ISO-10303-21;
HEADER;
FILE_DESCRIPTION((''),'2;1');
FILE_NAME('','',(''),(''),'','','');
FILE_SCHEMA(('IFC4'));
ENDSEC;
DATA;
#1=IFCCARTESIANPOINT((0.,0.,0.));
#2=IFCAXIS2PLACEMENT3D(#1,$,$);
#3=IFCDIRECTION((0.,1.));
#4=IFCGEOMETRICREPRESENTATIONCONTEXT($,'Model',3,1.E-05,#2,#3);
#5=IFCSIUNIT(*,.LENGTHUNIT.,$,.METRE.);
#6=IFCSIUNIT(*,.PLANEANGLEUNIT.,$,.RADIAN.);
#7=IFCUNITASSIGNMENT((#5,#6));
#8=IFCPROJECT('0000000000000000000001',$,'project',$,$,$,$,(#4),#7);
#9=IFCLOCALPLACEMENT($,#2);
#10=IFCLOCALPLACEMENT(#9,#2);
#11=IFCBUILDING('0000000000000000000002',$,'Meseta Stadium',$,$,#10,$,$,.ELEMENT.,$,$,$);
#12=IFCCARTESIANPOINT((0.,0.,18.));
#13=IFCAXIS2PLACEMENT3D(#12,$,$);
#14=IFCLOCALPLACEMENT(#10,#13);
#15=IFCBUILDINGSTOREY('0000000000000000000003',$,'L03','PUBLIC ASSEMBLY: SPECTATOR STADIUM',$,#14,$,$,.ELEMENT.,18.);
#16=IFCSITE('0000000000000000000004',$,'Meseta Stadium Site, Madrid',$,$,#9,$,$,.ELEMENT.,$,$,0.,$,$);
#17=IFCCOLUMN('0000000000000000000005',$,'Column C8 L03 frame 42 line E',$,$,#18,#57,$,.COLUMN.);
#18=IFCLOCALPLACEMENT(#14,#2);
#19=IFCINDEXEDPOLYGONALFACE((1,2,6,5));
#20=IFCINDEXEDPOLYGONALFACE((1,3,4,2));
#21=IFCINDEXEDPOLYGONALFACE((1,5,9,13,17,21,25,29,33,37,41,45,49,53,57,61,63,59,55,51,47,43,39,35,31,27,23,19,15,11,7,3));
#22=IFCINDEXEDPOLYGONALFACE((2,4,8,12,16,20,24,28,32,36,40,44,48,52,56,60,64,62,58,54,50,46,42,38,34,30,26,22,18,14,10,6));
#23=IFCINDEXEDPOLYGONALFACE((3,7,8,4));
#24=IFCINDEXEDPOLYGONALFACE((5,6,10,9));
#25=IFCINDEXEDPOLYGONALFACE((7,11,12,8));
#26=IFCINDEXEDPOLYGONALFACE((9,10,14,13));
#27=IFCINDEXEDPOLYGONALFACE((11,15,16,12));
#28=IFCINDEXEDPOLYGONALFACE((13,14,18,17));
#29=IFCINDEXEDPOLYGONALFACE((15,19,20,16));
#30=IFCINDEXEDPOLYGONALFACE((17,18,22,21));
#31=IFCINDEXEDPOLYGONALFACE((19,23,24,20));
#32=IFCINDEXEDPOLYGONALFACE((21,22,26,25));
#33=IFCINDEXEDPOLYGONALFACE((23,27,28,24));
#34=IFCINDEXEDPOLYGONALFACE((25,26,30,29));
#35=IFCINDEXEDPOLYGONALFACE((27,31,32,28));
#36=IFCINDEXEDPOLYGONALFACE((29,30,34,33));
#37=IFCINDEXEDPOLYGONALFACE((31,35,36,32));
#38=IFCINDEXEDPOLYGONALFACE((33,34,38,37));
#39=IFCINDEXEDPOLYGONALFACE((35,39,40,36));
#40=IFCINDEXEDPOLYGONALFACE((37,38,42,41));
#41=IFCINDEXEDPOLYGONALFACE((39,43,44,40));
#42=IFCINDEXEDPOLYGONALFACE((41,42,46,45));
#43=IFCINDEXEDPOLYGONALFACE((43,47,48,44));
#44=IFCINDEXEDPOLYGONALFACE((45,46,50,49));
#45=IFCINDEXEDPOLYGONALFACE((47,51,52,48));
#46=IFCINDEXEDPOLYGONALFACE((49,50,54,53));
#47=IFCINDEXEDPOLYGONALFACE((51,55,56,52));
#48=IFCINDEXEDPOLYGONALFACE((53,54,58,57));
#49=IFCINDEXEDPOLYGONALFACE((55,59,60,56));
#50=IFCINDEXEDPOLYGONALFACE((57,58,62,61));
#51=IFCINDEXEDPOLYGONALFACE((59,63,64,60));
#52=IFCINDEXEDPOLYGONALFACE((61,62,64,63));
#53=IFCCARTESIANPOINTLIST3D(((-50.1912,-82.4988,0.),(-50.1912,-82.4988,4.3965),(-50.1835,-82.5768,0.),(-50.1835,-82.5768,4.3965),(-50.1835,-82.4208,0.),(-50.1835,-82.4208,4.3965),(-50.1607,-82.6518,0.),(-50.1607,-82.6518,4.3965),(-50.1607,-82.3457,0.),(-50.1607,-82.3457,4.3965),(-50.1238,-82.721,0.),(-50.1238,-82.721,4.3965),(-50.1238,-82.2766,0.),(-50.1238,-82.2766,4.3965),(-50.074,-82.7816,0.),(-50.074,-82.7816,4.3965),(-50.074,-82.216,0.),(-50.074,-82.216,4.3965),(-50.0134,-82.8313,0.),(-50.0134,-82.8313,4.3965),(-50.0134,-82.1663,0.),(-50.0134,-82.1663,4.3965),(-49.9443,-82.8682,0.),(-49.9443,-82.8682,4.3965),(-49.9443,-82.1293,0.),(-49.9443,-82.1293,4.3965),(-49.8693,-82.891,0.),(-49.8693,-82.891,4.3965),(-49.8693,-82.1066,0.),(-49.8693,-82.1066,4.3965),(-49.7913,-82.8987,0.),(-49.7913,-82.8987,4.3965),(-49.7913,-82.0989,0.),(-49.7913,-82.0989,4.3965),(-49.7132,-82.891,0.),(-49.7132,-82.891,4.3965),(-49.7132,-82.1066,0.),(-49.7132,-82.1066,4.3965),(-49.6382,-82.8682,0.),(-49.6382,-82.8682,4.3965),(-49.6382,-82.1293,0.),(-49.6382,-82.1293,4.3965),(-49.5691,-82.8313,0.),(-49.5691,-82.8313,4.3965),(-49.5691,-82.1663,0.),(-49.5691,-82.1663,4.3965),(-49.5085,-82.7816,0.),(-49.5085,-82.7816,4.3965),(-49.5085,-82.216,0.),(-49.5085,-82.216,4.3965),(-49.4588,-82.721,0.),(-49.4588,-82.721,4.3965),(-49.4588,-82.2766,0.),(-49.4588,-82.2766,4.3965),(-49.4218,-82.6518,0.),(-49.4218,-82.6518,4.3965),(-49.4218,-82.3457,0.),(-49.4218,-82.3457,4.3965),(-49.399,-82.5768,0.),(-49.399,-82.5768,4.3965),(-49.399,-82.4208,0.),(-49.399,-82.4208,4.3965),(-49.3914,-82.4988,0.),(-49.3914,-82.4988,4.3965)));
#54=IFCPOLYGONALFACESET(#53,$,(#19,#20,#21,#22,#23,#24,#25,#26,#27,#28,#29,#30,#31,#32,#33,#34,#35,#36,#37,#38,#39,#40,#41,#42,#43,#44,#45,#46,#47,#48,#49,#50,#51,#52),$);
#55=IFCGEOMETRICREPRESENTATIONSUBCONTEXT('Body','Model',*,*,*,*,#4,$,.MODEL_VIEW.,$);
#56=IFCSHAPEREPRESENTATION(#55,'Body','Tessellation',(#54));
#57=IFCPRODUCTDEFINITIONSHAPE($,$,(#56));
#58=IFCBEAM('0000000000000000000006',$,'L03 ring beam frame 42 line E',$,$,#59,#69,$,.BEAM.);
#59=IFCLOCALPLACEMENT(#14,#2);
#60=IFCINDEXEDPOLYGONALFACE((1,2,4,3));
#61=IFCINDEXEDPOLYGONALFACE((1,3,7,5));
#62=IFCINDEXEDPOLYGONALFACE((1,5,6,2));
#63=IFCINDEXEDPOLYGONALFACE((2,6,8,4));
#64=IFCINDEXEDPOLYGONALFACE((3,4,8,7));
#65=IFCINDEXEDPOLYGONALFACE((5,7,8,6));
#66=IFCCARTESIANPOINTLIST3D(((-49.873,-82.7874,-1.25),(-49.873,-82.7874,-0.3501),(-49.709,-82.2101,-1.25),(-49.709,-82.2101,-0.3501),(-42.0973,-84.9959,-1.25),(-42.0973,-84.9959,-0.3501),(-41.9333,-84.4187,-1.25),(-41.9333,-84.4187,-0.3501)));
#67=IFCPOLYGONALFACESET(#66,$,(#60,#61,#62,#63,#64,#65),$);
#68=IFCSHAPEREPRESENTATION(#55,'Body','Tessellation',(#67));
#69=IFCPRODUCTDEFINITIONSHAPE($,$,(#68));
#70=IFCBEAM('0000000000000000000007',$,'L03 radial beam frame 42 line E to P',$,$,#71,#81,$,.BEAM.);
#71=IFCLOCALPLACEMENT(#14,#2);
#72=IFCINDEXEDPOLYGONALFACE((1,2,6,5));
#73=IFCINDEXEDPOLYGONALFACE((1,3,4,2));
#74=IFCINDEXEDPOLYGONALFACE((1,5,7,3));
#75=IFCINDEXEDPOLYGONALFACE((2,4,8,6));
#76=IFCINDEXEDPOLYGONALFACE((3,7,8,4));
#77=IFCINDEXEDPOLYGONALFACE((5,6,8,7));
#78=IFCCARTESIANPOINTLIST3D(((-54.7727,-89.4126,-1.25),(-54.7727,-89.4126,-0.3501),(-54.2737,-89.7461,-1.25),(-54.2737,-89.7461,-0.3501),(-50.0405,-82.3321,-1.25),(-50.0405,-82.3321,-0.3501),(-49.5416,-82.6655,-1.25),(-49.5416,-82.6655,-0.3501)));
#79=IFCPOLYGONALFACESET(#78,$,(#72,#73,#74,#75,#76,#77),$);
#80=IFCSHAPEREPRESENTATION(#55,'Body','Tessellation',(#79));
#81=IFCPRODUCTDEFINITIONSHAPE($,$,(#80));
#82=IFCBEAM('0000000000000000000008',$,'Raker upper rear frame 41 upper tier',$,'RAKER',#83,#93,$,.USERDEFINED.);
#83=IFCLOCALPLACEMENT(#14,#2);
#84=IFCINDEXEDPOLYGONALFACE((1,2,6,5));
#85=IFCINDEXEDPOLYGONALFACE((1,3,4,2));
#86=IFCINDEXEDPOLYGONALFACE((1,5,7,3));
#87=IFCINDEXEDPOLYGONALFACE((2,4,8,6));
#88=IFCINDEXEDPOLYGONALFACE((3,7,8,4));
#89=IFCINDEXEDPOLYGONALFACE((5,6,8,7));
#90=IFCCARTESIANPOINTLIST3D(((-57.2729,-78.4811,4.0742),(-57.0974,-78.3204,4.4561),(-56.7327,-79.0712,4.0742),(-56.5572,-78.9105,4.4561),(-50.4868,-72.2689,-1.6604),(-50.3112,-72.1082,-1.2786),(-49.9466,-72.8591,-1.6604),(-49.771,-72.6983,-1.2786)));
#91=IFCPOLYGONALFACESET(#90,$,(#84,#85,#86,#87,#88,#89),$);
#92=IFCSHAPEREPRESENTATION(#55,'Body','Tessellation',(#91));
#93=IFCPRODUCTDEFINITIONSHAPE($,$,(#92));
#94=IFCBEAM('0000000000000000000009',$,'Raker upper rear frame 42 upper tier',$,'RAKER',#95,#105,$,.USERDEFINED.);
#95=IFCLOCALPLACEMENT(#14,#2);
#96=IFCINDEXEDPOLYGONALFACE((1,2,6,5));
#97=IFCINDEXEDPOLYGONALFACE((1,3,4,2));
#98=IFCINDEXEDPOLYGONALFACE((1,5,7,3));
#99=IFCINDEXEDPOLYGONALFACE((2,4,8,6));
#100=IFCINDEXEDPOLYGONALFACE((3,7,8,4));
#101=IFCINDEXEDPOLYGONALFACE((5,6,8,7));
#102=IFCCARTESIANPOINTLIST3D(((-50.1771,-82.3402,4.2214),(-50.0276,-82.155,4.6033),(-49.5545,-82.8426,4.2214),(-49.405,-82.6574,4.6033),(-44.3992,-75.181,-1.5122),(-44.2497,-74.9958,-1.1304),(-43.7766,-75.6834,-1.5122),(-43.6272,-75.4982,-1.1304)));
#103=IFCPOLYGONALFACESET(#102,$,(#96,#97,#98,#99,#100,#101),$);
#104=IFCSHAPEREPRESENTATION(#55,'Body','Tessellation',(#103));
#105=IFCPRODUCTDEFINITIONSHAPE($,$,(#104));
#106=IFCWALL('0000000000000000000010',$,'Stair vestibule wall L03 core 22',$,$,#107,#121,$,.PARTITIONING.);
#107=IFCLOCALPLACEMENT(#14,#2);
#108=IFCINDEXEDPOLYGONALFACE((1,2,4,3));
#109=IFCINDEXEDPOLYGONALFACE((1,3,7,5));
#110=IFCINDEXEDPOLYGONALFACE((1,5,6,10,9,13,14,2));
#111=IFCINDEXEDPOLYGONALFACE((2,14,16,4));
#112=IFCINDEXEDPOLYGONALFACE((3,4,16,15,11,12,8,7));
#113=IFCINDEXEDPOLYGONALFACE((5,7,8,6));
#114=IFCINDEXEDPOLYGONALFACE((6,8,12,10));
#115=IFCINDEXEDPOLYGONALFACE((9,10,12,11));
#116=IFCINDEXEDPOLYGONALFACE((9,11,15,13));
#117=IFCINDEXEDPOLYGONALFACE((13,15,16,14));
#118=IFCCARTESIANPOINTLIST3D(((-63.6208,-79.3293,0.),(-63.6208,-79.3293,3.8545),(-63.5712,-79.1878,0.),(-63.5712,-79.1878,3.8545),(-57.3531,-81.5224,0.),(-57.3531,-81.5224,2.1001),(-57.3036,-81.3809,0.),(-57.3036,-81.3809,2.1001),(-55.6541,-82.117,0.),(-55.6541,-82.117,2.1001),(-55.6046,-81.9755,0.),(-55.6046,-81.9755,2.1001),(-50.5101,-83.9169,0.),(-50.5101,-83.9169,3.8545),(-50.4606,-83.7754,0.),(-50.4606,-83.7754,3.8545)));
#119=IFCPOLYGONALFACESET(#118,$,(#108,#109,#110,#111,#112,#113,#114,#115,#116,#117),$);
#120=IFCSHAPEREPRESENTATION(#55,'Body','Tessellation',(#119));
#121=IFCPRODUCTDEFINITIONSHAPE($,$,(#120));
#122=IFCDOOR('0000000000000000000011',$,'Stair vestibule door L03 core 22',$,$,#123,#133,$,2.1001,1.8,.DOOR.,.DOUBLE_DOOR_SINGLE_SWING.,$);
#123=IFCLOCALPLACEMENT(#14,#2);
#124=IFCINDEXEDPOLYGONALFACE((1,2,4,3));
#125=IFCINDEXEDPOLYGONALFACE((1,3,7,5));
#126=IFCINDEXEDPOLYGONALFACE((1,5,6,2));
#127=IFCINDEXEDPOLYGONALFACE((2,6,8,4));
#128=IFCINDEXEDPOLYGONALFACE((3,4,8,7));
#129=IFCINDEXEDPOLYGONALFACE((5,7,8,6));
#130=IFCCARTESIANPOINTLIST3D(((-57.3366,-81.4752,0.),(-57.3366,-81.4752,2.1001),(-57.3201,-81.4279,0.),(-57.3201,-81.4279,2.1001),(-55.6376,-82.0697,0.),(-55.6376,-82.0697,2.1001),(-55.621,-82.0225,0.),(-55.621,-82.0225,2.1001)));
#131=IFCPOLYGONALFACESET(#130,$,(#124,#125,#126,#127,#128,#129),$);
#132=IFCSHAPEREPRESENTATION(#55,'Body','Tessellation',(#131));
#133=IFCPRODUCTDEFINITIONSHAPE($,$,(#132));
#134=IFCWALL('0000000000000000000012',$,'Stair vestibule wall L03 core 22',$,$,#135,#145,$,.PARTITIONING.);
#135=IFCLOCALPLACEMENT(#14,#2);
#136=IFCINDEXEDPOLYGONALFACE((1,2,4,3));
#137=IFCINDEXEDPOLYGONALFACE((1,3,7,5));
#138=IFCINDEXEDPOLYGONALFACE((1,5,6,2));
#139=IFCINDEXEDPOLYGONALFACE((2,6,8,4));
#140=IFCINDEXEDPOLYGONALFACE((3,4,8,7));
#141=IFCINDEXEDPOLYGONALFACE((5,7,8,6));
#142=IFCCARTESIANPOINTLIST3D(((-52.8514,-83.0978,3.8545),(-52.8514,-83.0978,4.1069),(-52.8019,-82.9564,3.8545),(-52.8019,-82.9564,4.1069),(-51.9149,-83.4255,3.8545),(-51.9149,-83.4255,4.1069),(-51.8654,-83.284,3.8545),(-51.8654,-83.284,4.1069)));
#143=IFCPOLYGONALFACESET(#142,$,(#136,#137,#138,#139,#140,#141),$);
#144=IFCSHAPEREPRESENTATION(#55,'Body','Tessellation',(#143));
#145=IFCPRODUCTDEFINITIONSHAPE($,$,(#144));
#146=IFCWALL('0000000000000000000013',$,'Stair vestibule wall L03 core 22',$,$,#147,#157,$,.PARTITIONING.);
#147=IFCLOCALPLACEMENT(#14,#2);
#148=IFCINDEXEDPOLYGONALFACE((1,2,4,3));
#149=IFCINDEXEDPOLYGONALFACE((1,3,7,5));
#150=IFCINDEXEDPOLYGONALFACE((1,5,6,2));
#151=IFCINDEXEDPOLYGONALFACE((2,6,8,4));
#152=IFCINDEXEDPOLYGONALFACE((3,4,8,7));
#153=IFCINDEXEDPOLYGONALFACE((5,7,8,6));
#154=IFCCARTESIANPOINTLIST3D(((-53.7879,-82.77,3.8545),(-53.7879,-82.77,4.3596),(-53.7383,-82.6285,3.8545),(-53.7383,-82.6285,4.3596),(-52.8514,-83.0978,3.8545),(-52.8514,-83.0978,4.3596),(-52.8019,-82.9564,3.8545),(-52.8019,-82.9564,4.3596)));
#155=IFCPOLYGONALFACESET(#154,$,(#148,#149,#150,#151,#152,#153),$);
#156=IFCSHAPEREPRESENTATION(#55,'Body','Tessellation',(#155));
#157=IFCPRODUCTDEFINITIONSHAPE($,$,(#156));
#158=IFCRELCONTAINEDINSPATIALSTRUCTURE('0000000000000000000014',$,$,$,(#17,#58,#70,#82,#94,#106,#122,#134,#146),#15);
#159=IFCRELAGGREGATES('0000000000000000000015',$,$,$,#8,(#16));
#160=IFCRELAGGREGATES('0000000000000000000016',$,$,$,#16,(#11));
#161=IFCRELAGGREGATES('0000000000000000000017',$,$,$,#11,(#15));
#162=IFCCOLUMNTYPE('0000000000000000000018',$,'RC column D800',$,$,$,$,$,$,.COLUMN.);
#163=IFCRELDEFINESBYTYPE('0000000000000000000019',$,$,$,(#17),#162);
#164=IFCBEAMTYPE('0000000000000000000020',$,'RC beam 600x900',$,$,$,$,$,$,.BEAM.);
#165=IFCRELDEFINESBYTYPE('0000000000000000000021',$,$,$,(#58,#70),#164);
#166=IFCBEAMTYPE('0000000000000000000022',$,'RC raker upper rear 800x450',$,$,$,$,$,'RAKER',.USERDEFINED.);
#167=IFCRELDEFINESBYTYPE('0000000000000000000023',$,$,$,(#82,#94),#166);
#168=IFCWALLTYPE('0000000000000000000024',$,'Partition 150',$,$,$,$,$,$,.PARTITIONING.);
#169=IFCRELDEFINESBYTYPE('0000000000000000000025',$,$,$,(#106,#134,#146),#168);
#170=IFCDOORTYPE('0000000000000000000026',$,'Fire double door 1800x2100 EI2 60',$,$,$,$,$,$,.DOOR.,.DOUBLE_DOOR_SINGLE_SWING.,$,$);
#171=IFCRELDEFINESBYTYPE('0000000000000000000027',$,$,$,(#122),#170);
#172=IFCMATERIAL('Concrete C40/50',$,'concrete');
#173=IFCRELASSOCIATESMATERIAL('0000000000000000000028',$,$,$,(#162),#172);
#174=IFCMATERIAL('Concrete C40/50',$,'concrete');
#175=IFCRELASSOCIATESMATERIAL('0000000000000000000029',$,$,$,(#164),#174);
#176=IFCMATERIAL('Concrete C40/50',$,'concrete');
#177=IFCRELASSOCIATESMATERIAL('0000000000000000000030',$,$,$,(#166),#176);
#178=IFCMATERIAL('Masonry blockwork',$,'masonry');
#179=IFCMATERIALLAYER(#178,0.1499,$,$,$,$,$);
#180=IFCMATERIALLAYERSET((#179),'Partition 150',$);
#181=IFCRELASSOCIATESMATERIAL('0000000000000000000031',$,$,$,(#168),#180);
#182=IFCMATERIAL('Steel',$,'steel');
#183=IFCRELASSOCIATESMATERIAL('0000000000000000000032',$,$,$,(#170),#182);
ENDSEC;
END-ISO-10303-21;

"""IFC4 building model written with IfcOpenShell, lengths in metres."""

from ifc_helpers import new_model, si_unit, direction, frame, frame_2d, origin, origin_2d, place, context, subcontext, project, spatial, rectangle, circle, extrude, material, layer, layer_set, material_profile, profile_set, type_object, element, fill, save


model = new_model("IFC4")

# Units and contexts
model_context = context("Model", 3, precision=1e-05, world=origin(), true_north=direction((0.0, 1.0)))
body_context = subcontext(model_context, "Body", "Model", "MODEL_VIEW")
ifc_project = project(units=[si_unit("LENGTHUNIT", "METRE"), si_unit("PLANEANGLEUNIT", "RADIAN")], contexts=[model_context])

# Site, building, storey
site_placement = place(None, origin())
site = spatial("IfcSite", under=ifc_project, at=site_placement, Name="Meseta Stadium Site, Madrid", CompositionType="ELEMENT", RefElevation=0.0)
building_placement = place(site_placement, origin())
building = spatial("IfcBuilding", under=site, at=building_placement, Name="Meseta Stadium", CompositionType="ELEMENT")
storey_placement = place(building_placement, frame((0.0, 0.0, 18.0)))
storey = spatial("IfcBuildingStorey", under=building, at=storey_placement, Name="L03", Description="PUBLIC ASSEMBLY: SPECTATOR STADIUM", CompositionType="ELEMENT", Elevation=18.0)

# Column
ifc_material_1 = material(Name="Concrete C40/50", Category="concrete")
ifc_material_profile_1 = material_profile(ifc_material_1, circle(Radius=0.3999, at=origin_2d()), Name="RC D800")
ifc_profile_set_1 = profile_set([ifc_material_profile_1], Name="Concrete C40/50")
column_type = type_object("IfcColumnType", Name="RC column D800", PredefinedType="COLUMN", material=ifc_profile_set_1)
column_placement = place(storey_placement, frame((-49.7913, -82.4988, 0.0), z_axis=(0.0, 0.0, 1.0), x_axis=(1.0, 0.0, 0.0)))
element("IfcColumn", 1, at=column_placement, inside=storey, type_object=column_type, Name="Column C8 L03 frame 42 line E", PredefinedType="COLUMN", context=body_context, shape_type="SweptSolid", body=[
    extrude(circle(Radius=0.3999, at=origin_2d()), origin(), (0.0, 0.0, 1.0), 4.3965),
])

# Beams
ifc_material_2 = material(Name="Concrete C40/50", Category="concrete")
ifc_material_profile_2 = material_profile(ifc_material_2, rectangle(XDim=0.6001, YDim=0.8999, at=origin_2d()), Name="RC 600x900")
ifc_profile_set_2 = profile_set([ifc_material_profile_2], Name="Concrete C40/50")
beam_type_1 = type_object("IfcBeamType", Name="RC beam 600x900", PredefinedType="BEAM", material=ifc_profile_set_2)
beam_1_placement = place(storey_placement, frame((-49.791, -82.4988, -0.8), z_axis=(0.961951, -0.273221, 0.0), x_axis=(0.273221, 0.961951, 0.0)))
element("IfcBeam", 2, at=beam_1_placement, inside=storey, type_object=beam_type_1, Name="L03 ring beam frame 42 line E", PredefinedType="BEAM", context=body_context, shape_type="SweptSolid", body=[
    extrude(rectangle(XDim=0.6001, YDim=0.8999, at=origin_2d()), origin(), (0.0, 0.0, 1.0), 8.0833),
])
beam_2_placement = place(storey_placement, frame((-49.791, -82.4988, -0.8), z_axis=(-0.555659, -0.83141, 0.0), x_axis=(0.83141, -0.555659, 0.0)))
element("IfcBeam", 3, at=beam_2_placement, inside=storey, type_object=beam_type_1, Name="L03 radial beam frame 42 line E to P", PredefinedType="BEAM", context=body_context, shape_type="SweptSolid", body=[
    extrude(rectangle(XDim=0.6001, YDim=0.8999, at=origin_2d()), origin(), (0.0, 0.0, 1.0), 8.5164),
])
ifc_material_3 = material(Name="Concrete C40/50", Category="concrete")
ifc_material_profile_3 = material_profile(ifc_material_3, rectangle(XDim=0.8, YDim=0.45, at=origin_2d()), Name="RC 800x450")
ifc_profile_set_3 = profile_set([ifc_material_profile_3], Name="Concrete C40/50")
beam_type_2 = type_object("IfcBeamType", Name="RC raker upper rear 800x450", ElementType="RAKER", PredefinedType="USERDEFINED", material=ifc_profile_set_3)
beam_3_placement = place(storey_placement, frame((-50.1289, -72.4836, -1.4695), z_axis=(-0.625966, -0.573022, 0.528973), x_axis=(0.675225, -0.737612, 0.0)))
element("IfcBeam", 4, at=beam_3_placement, inside=storey, type_object=beam_type_2, Name="Raker upper rear frame 41 upper tier", ObjectType="RAKER", PredefinedType="USERDEFINED", context=body_context, shape_type="SweptSolid", body=[
    extrude(rectangle(XDim=0.8, YDim=0.45, at=origin_2d()), origin(), (0.0, 0.0, 1.0), 10.8411),
])
beam_4_placement = place(storey_placement, frame((-44.0132, -75.3396, -1.3213), z_axis=(-0.532996, -0.660423, 0.52892), x_axis=(0.778185, -0.628036, 0.0)))
element("IfcBeam", 5, at=beam_4_placement, inside=storey, type_object=beam_type_2, Name="Raker upper rear frame 42 upper tier", ObjectType="RAKER", PredefinedType="USERDEFINED", context=body_context, shape_type="SweptSolid", body=[
    extrude(rectangle(XDim=0.8, YDim=0.45, at=origin_2d()), origin(), (0.0, 0.0, 1.0), 10.8403),
])

# Wall, opening, door
ifc_material_4 = material(Name="Masonry blockwork", Category="masonry")
ifc_layer_1 = layer(ifc_material_4, 0.1499)
ifc_layer_set_1 = layer_set([ifc_layer_1], Name="Partition 150")
wall_type = type_object("IfcWallType", Name="Partition 150", PredefinedType="PARTITIONING", material=ifc_layer_set_1)
wall_1_placement = place(storey_placement, frame((-50.4854, -83.8462, 0.0), z_axis=(0.0, 0.0, 1.0), x_axis=(-0.943882, 0.330282, 0.0)))
wall_1 = element("IfcWall", 6, at=wall_1_placement, inside=storey, type_object=wall_type, Name="Stair vestibule wall L03 core 22", PredefinedType="PARTITIONING", context=body_context, shape_type="SweptSolid", body=[
    extrude(rectangle(XDim=13.8901, YDim=0.1499, at=frame_2d((6.9451, 0.0))), origin(), (0.0, 0.0, 1.0), 3.8545),
])
opening_1_placement = place(wall_1_placement, frame((5.45, 0.0, 0.0)))
opening_1 = element("IfcOpeningElement", 7, at=opening_1_placement, cuts=wall_1, PredefinedType="OPENING", context=body_context, shape_type="SweptSolid", body=[
    extrude(rectangle(XDim=1.8, YDim=2.1001, at=frame_2d((0.8999, 1.05))), frame((0.0, 0.085, 0.0), z_axis=(0.0, -1.0, 0.0), x_axis=(1.0, 0.0, 0.0)), (0.0, 0.0, 1.0), 0.1699),
])
ifc_material_5 = material(Name="Steel", Category="steel")
door_type = type_object("IfcDoorType", Name="Fire double door 1800x2100 EI2 60", OperationType="DOUBLE_DOOR_SINGLE_SWING", PredefinedType="DOOR", material=ifc_material_5)
door_1_placement = place(opening_1_placement, origin())
door_1 = element("IfcDoor", 8, at=door_1_placement, inside=storey, type_object=door_type, Name="Stair vestibule door L03 core 22", OperationType="DOUBLE_DOOR_SINGLE_SWING", OverallHeight=2.1001, OverallWidth=1.8, PredefinedType="DOOR", context=body_context, shape_type="SweptSolid", body=[
    extrude(rectangle(XDim=1.8, YDim=2.1001, at=frame_2d((0.8999, 1.05))), frame((0.0, 0.0249, 0.0), z_axis=(0.0, -1.0, 0.0), x_axis=(1.0, 0.0, 0.0)), (0.0, 0.0, 1.0), 0.05),
])
fill(opening_1, door_1)

# Walls
wall_2_placement = place(storey_placement, frame((-51.8901, -83.3547, 3.8545), z_axis=(0.0, 0.0, 1.0), x_axis=(-0.943904, 0.330219, 0.0)))
element("IfcWall", 9, at=wall_2_placement, inside=storey, type_object=wall_type, Name="Stair vestibule wall L03 core 22", PredefinedType="PARTITIONING", context=body_context, shape_type="SweptSolid", body=[
    extrude(rectangle(XDim=0.9922, YDim=0.1499, at=frame_2d((0.4961, 0.0))), origin(), (0.0, 0.0, 1.0), 0.2524),
])
wall_3_placement = place(storey_placement, frame((-52.8267, -83.0271, 3.8545), z_axis=(0.0, 0.0, 1.0), x_axis=(-0.943828, 0.330438, 0.0)))
element("IfcWall", 10, at=wall_3_placement, inside=storey, type_object=wall_type, Name="Stair vestibule wall L03 core 22", PredefinedType="PARTITIONING", context=body_context, shape_type="SweptSolid", body=[
    extrude(rectangle(XDim=0.9922, YDim=0.1499, at=frame_2d((0.4961, 0.0))), origin(), (0.0, 0.0, 1.0), 0.5051),
])

save(model, "model.ifc")
